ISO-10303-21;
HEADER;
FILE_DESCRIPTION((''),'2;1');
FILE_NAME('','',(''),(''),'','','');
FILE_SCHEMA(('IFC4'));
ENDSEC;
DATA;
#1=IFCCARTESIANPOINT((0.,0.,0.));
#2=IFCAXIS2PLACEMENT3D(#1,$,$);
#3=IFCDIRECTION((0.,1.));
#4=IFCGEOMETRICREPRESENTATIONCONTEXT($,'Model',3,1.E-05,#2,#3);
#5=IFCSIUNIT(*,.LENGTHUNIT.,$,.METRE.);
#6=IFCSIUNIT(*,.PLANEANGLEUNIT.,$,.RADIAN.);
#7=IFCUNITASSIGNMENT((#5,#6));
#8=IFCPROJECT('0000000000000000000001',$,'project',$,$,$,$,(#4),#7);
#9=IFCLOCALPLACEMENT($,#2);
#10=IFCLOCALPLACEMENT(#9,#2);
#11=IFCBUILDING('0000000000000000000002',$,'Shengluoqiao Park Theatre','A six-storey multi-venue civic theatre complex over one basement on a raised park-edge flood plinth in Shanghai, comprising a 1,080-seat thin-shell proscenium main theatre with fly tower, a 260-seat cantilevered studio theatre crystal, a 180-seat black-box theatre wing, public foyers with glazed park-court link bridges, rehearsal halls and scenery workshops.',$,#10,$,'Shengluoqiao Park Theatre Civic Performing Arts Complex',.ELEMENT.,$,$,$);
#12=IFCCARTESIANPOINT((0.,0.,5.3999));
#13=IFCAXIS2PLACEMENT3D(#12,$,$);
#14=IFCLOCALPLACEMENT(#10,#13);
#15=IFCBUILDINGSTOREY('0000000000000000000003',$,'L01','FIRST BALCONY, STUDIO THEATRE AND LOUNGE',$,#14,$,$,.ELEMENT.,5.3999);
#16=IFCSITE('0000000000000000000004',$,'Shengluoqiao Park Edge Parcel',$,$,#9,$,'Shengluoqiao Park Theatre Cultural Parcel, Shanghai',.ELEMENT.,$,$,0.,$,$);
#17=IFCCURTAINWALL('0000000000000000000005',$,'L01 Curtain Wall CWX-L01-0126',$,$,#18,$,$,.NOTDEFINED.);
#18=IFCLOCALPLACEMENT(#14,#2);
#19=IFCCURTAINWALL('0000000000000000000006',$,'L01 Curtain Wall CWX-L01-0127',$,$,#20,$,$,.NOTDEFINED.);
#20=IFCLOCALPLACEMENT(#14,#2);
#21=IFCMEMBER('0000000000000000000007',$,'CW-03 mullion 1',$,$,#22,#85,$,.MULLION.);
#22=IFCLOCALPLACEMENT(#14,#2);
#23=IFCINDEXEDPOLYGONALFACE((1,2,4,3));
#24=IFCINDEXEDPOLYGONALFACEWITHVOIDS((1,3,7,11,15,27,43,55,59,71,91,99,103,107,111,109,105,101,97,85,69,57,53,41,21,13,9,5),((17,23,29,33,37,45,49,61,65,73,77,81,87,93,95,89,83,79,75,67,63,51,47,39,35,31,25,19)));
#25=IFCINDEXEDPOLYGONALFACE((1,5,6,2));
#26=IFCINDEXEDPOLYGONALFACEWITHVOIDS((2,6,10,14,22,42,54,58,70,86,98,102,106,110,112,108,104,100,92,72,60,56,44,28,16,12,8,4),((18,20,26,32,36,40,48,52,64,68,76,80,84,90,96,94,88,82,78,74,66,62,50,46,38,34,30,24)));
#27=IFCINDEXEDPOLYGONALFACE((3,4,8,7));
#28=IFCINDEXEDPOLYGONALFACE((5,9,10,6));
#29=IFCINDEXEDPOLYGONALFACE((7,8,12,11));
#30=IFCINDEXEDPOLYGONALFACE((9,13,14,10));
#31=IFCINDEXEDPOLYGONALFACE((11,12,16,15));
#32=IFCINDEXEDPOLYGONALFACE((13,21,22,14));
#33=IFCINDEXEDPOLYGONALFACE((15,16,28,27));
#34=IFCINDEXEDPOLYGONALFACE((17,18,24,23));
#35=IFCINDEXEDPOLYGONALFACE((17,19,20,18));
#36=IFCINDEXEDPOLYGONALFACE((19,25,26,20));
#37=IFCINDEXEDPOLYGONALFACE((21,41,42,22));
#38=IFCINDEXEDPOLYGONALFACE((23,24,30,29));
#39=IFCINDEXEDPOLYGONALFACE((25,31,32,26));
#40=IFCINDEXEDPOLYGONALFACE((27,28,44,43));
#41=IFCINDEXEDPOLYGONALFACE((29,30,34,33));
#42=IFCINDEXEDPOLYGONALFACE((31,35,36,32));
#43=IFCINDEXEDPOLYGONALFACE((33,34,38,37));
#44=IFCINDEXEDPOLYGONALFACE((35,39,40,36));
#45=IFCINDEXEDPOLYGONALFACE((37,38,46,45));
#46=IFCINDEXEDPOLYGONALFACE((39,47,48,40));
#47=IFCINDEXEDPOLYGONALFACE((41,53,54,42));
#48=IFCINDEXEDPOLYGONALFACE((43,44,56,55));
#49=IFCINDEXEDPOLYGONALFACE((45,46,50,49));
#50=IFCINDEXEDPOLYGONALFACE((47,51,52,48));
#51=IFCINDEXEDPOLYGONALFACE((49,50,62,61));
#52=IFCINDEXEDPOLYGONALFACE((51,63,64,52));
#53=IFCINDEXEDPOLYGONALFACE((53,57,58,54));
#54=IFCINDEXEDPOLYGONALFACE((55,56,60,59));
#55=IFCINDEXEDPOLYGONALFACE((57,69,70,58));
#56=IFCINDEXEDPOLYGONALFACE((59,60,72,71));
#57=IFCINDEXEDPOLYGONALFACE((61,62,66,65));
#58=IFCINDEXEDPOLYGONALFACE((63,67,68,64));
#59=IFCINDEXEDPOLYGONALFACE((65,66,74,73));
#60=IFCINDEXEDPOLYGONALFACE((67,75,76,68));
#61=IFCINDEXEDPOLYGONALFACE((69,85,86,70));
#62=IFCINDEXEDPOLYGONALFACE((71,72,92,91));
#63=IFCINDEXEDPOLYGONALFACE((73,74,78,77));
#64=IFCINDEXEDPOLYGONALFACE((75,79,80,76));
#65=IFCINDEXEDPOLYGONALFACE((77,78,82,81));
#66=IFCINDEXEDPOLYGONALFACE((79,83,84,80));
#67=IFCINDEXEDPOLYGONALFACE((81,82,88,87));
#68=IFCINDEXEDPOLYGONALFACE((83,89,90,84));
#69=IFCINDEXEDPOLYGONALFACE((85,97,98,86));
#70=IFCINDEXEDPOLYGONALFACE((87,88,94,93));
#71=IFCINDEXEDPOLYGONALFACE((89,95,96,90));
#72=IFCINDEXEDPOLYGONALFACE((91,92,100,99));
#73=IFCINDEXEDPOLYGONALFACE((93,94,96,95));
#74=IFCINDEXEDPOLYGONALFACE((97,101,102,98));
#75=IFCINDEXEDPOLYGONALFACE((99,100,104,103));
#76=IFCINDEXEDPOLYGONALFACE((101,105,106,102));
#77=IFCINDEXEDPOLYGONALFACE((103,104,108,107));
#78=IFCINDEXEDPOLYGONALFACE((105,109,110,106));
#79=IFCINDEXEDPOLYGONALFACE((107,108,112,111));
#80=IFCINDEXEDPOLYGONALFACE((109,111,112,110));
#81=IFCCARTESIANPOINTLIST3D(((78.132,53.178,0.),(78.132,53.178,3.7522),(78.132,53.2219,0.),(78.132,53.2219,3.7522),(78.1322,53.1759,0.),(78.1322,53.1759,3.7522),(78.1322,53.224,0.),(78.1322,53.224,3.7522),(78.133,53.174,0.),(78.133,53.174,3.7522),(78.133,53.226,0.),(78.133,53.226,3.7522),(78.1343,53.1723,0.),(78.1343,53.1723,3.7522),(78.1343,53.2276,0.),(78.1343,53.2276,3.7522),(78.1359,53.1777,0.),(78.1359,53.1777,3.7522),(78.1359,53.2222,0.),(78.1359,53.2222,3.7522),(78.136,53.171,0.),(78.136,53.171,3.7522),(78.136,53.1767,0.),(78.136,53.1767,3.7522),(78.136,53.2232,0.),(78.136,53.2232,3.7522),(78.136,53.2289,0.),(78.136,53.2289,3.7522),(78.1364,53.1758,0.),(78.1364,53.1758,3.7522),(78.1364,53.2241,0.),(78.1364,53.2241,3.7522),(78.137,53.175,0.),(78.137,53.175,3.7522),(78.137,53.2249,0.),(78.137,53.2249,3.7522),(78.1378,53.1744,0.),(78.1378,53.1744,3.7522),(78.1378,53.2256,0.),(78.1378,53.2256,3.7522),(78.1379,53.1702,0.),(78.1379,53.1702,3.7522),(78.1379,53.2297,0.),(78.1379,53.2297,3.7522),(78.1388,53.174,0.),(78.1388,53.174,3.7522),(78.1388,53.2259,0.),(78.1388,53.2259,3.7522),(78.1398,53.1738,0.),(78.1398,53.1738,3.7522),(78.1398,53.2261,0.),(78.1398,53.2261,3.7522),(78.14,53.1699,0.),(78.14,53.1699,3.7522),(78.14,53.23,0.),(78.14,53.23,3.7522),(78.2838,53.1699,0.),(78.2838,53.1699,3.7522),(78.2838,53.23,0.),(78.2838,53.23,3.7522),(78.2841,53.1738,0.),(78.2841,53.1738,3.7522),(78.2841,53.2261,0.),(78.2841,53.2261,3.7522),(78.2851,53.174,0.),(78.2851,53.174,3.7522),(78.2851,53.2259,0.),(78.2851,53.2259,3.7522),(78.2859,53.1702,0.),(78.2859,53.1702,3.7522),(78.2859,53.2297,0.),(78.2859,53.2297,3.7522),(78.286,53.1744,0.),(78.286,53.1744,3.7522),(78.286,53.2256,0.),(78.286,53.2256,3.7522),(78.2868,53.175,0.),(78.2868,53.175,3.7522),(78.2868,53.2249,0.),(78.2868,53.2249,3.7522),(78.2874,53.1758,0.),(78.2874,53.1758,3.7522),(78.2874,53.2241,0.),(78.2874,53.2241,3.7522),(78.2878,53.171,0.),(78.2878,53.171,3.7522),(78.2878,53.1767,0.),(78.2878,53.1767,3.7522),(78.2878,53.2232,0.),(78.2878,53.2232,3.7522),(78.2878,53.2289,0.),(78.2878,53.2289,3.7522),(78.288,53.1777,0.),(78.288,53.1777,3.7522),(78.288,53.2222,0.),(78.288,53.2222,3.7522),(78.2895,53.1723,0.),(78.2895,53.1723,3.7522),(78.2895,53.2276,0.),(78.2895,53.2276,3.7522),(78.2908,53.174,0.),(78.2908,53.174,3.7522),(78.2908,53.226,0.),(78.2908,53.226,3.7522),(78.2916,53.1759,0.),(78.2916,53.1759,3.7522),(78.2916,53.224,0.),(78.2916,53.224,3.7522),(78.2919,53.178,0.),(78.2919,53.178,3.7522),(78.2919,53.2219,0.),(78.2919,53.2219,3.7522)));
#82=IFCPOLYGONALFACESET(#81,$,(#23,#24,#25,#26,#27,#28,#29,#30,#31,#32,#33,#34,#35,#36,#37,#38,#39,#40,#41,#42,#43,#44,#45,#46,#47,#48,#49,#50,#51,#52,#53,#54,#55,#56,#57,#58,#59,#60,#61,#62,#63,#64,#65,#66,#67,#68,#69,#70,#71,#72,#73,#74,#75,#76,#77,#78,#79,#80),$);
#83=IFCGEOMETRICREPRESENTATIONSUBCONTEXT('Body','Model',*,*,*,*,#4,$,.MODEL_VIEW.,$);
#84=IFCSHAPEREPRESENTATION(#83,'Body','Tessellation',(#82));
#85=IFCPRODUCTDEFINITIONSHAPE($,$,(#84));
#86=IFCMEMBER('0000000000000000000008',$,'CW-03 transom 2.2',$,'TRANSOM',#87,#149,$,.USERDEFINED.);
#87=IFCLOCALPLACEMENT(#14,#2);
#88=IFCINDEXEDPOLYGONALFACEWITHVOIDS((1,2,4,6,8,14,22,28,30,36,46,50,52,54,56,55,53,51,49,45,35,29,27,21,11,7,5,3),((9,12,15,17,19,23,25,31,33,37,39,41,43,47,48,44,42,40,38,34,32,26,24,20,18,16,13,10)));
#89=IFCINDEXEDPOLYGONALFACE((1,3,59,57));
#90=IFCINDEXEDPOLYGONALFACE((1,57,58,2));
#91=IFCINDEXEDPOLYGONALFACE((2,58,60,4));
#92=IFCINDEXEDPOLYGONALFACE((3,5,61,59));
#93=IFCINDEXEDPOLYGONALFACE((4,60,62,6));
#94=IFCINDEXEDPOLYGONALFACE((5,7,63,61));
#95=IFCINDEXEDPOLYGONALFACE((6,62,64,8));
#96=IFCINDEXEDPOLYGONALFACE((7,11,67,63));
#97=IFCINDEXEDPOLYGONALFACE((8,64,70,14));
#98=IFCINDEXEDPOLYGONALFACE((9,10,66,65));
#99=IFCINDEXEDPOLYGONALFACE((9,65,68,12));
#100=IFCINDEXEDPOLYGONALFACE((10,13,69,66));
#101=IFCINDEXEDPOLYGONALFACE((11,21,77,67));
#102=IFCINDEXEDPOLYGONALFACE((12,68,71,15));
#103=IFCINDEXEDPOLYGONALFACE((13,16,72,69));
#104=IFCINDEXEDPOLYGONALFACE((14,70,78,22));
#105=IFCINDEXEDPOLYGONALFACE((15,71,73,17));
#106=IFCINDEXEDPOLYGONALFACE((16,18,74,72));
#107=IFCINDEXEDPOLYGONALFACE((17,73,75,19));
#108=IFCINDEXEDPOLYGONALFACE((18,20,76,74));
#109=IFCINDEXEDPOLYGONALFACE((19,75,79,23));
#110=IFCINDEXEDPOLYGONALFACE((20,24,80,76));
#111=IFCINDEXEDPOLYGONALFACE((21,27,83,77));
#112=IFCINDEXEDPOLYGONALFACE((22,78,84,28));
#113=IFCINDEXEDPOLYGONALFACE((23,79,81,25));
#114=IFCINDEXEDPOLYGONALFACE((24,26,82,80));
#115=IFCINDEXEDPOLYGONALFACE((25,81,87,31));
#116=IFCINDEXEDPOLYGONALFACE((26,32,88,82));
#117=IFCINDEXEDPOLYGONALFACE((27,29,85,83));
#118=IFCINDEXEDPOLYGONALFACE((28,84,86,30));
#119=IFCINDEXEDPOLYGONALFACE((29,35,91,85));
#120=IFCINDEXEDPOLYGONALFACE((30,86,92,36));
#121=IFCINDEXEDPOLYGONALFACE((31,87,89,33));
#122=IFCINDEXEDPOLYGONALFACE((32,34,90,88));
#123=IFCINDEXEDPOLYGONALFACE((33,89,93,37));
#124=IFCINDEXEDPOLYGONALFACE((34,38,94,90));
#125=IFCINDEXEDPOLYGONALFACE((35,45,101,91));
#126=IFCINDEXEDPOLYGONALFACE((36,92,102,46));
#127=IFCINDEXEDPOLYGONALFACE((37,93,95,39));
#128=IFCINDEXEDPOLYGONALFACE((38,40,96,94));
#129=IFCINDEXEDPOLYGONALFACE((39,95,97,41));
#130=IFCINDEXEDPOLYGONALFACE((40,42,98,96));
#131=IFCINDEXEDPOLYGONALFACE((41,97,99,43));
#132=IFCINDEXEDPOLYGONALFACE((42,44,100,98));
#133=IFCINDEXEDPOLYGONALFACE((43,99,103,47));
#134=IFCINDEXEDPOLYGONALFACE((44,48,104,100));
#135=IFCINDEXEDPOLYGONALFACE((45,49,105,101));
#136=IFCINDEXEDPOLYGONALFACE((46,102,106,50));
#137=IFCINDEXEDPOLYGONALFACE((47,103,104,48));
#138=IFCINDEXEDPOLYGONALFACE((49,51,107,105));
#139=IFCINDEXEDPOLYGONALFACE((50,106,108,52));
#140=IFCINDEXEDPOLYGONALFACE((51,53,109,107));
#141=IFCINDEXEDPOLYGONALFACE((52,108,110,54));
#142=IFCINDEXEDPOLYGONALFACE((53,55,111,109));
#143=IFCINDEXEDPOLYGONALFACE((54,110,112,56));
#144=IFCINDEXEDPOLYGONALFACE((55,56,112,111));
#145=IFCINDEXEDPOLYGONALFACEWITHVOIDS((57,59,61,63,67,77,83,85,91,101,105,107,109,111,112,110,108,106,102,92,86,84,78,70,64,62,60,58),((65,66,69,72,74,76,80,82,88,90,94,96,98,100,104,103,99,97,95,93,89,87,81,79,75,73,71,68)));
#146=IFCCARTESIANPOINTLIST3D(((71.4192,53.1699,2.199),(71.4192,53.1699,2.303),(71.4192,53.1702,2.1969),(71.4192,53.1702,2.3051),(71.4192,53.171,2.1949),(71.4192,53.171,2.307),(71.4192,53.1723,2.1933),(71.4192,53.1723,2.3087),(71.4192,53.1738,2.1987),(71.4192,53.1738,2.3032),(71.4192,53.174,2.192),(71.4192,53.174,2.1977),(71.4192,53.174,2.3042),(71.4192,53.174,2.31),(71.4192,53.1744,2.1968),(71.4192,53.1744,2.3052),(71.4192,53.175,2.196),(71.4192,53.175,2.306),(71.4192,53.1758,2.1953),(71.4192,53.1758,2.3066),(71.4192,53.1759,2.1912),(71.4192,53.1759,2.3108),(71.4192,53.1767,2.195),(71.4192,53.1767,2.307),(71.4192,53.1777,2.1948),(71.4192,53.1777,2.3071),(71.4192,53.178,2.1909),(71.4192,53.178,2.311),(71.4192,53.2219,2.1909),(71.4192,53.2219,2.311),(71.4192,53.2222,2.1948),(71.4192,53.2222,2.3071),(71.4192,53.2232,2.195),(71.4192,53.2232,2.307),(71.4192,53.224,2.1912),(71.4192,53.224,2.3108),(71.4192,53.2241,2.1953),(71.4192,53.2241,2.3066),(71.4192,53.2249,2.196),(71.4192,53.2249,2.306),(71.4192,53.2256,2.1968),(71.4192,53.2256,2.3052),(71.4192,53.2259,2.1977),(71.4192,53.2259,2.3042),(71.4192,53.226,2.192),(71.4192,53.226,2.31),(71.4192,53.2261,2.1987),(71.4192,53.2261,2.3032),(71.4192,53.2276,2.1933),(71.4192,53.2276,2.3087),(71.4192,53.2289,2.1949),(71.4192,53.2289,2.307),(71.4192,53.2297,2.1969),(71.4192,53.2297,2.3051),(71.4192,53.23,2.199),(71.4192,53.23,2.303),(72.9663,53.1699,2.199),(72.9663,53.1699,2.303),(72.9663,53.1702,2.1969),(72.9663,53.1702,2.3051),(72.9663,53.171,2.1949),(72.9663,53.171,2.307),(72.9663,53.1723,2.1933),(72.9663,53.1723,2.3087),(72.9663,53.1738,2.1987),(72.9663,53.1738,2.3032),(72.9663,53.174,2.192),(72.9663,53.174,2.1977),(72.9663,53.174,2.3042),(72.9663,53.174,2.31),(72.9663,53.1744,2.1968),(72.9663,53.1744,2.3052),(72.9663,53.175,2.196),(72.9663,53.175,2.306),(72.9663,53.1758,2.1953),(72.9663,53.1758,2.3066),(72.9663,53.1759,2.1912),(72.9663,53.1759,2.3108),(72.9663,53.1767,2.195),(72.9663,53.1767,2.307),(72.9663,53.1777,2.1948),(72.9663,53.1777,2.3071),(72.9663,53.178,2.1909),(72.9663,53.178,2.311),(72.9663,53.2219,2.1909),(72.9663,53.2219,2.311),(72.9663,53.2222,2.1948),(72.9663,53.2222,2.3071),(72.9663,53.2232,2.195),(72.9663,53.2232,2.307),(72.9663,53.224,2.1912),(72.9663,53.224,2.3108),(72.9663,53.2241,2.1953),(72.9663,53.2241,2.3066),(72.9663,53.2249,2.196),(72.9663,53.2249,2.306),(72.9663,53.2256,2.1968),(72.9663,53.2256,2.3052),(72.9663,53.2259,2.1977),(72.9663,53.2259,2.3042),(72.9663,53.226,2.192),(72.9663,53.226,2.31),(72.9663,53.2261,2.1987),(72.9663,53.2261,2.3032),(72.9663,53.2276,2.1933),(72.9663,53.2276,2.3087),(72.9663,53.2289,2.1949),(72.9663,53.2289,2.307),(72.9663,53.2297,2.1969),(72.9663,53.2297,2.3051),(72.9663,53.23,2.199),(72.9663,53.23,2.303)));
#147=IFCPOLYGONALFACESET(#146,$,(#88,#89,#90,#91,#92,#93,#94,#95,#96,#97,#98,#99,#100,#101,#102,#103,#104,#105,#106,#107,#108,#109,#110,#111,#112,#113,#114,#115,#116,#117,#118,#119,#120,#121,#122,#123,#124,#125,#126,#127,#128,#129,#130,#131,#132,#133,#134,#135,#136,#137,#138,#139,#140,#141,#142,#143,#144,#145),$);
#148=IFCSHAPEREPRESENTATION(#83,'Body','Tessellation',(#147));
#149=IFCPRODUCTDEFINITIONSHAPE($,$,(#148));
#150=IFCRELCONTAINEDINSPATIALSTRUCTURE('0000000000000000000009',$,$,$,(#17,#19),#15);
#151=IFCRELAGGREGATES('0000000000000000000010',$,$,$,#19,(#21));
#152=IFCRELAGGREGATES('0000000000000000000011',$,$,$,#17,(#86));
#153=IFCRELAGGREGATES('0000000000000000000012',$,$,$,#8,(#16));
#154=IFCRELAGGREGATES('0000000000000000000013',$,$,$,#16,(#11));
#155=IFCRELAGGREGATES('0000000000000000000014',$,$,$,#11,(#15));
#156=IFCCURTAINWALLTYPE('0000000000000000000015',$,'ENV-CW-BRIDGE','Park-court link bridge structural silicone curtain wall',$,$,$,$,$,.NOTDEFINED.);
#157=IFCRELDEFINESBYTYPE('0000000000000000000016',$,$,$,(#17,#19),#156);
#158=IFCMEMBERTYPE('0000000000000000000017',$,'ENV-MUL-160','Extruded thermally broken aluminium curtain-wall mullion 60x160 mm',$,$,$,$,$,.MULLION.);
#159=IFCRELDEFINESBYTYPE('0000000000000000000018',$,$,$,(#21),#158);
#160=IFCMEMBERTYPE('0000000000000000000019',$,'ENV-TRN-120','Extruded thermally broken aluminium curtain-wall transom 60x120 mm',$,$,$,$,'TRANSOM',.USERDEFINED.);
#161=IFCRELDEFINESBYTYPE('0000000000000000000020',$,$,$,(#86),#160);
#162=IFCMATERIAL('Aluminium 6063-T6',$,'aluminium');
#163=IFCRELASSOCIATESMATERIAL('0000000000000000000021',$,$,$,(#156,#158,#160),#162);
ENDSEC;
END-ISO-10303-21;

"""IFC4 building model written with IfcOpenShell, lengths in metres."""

from ifc_helpers import new_model, si_unit, direction, frame, origin, origin_2d, place, context, subcontext, project, spatial, hollow_rectangle, extrude, material, material_profile, profile_set, type_object, element, aggregate, save


model = new_model("IFC4")

# Units and contexts
model_context = context("Model", 3, precision=1e-05, world=origin(), true_north=direction((0.0, 1.0)))
body_context = subcontext(model_context, "Body", "Model", "MODEL_VIEW")
ifc_project = project(units=[si_unit("LENGTHUNIT", "METRE"), si_unit("PLANEANGLEUNIT", "RADIAN")], contexts=[model_context])

# Site, building, storey
site_placement = place(None, origin())
site = spatial("IfcSite", under=ifc_project, at=site_placement, Name="Shengluoqiao Park Edge Parcel", LongName="Shengluoqiao Park Theatre Cultural Parcel, Shanghai", CompositionType="ELEMENT", RefElevation=0.0)
building_placement = place(site_placement, origin())
building = spatial("IfcBuilding", under=site, at=building_placement, Name="Shengluoqiao Park Theatre", Description="A six-storey multi-venue civic theatre complex over one basement on a raised park-edge flood plinth in Shanghai, comprising a 1,080-seat thin-shell proscenium main theatre with fly tower, a 260-seat cantilevered studio theatre crystal, a 180-seat black-box theatre wing, public foyers with glazed park-court link bridges, rehearsal halls and scenery workshops.", LongName="Shengluoqiao Park Theatre Civic Performing Arts Complex", CompositionType="ELEMENT")
storey_placement = place(building_placement, frame((0.0, 0.0, 5.3999)))
storey = spatial("IfcBuildingStorey", under=building, at=storey_placement, Name="L01", Description="FIRST BALCONY, STUDIO THEATRE AND LOUNGE", CompositionType="ELEMENT", Elevation=5.3999)

# Curtain wall
ifc_material_1 = material(Name="Aluminium 6063-T6", Category="aluminium")
curtain_wall_type = type_object("IfcCurtainWallType", Name="ENV-CW-BRIDGE", Description="Park-court link bridge structural silicone curtain wall", PredefinedType="NOTDEFINED", material=ifc_material_1)
curtain_wall_1_placement = place(storey_placement, origin())
curtain_wall_1 = element("IfcCurtainWall", 1, at=curtain_wall_1_placement, inside=storey, type_object=curtain_wall_type, Name="L01 Curtain Wall CWX-L01-0126", PredefinedType="NOTDEFINED")
ifc_material_profile_1 = material_profile(ifc_material_1, hollow_rectangle(XDim=0.0601, YDim=0.1599, WallThickness=0.0039, InnerFilletRadius=0.0039, OuterFilletRadius=0.0081, at=origin_2d()), Name="ALU MULLION 160x60x4")
ifc_profile_set_1 = profile_set([ifc_material_profile_1], Name="Aluminium 6063-T6")
member_type_1 = type_object("IfcMemberType", Name="ENV-MUL-160", Description="Extruded thermally broken aluminium curtain-wall mullion 60x160 mm", PredefinedType="MULLION", material=ifc_profile_set_1)

# Curtain wall, member
curtain_wall_2_placement = place(storey_placement, origin())
curtain_wall_2 = element("IfcCurtainWall", 2, at=curtain_wall_2_placement, inside=storey, type_object=curtain_wall_type, Name="L01 Curtain Wall CWX-L01-0127", PredefinedType="NOTDEFINED")
member_1_placement = place(storey_placement, frame((78.2119, 53.2, 0.0), z_axis=(0.0, 0.0, 1.0), x_axis=(0.0, 1.0, 0.0)))
member_1 = element("IfcMember", 3, at=member_1_placement, type_object=member_type_1, Name="CW-03 mullion 1", PredefinedType="MULLION", context=body_context, shape_type="SweptSolid", body=[
    extrude(hollow_rectangle(XDim=0.0601, YDim=0.1599, WallThickness=0.0039, InnerFilletRadius=0.0039, OuterFilletRadius=0.0081, at=origin_2d()), origin(), (0.0, 0.0, 1.0), 3.7522),
])
aggregate(curtain_wall_2, [member_1])

# Member
ifc_material_profile_2 = material_profile(ifc_material_1, hollow_rectangle(XDim=0.0601, YDim=0.1201, WallThickness=0.0039, InnerFilletRadius=0.0039, OuterFilletRadius=0.0081, at=origin_2d()), Name="ALU TRANSOM 120x60x4")
ifc_profile_set_2 = profile_set([ifc_material_profile_2], Name="Aluminium 6063-T6")
member_type_2 = type_object("IfcMemberType", Name="ENV-TRN-120", Description="Extruded thermally broken aluminium curtain-wall transom 60x120 mm", ElementType="TRANSOM", PredefinedType="USERDEFINED", material=ifc_profile_set_2)
member_2_placement = place(storey_placement, frame((71.4192, 53.2, 2.251), z_axis=(1.0, 0.0, 0.0), x_axis=(0.0, 1.0, 0.0)))
member_2 = element("IfcMember", 4, at=member_2_placement, type_object=member_type_2, Name="CW-03 transom 2.2", ObjectType="TRANSOM", PredefinedType="USERDEFINED", context=body_context, shape_type="SweptSolid", body=[
    extrude(hollow_rectangle(XDim=0.0601, YDim=0.1201, WallThickness=0.0039, InnerFilletRadius=0.0039, OuterFilletRadius=0.0081, at=origin_2d()), origin(), (0.0, 0.0, 1.0), 1.5471),
])

aggregate(curtain_wall_1, [member_2])

save(model, "model.ifc")
